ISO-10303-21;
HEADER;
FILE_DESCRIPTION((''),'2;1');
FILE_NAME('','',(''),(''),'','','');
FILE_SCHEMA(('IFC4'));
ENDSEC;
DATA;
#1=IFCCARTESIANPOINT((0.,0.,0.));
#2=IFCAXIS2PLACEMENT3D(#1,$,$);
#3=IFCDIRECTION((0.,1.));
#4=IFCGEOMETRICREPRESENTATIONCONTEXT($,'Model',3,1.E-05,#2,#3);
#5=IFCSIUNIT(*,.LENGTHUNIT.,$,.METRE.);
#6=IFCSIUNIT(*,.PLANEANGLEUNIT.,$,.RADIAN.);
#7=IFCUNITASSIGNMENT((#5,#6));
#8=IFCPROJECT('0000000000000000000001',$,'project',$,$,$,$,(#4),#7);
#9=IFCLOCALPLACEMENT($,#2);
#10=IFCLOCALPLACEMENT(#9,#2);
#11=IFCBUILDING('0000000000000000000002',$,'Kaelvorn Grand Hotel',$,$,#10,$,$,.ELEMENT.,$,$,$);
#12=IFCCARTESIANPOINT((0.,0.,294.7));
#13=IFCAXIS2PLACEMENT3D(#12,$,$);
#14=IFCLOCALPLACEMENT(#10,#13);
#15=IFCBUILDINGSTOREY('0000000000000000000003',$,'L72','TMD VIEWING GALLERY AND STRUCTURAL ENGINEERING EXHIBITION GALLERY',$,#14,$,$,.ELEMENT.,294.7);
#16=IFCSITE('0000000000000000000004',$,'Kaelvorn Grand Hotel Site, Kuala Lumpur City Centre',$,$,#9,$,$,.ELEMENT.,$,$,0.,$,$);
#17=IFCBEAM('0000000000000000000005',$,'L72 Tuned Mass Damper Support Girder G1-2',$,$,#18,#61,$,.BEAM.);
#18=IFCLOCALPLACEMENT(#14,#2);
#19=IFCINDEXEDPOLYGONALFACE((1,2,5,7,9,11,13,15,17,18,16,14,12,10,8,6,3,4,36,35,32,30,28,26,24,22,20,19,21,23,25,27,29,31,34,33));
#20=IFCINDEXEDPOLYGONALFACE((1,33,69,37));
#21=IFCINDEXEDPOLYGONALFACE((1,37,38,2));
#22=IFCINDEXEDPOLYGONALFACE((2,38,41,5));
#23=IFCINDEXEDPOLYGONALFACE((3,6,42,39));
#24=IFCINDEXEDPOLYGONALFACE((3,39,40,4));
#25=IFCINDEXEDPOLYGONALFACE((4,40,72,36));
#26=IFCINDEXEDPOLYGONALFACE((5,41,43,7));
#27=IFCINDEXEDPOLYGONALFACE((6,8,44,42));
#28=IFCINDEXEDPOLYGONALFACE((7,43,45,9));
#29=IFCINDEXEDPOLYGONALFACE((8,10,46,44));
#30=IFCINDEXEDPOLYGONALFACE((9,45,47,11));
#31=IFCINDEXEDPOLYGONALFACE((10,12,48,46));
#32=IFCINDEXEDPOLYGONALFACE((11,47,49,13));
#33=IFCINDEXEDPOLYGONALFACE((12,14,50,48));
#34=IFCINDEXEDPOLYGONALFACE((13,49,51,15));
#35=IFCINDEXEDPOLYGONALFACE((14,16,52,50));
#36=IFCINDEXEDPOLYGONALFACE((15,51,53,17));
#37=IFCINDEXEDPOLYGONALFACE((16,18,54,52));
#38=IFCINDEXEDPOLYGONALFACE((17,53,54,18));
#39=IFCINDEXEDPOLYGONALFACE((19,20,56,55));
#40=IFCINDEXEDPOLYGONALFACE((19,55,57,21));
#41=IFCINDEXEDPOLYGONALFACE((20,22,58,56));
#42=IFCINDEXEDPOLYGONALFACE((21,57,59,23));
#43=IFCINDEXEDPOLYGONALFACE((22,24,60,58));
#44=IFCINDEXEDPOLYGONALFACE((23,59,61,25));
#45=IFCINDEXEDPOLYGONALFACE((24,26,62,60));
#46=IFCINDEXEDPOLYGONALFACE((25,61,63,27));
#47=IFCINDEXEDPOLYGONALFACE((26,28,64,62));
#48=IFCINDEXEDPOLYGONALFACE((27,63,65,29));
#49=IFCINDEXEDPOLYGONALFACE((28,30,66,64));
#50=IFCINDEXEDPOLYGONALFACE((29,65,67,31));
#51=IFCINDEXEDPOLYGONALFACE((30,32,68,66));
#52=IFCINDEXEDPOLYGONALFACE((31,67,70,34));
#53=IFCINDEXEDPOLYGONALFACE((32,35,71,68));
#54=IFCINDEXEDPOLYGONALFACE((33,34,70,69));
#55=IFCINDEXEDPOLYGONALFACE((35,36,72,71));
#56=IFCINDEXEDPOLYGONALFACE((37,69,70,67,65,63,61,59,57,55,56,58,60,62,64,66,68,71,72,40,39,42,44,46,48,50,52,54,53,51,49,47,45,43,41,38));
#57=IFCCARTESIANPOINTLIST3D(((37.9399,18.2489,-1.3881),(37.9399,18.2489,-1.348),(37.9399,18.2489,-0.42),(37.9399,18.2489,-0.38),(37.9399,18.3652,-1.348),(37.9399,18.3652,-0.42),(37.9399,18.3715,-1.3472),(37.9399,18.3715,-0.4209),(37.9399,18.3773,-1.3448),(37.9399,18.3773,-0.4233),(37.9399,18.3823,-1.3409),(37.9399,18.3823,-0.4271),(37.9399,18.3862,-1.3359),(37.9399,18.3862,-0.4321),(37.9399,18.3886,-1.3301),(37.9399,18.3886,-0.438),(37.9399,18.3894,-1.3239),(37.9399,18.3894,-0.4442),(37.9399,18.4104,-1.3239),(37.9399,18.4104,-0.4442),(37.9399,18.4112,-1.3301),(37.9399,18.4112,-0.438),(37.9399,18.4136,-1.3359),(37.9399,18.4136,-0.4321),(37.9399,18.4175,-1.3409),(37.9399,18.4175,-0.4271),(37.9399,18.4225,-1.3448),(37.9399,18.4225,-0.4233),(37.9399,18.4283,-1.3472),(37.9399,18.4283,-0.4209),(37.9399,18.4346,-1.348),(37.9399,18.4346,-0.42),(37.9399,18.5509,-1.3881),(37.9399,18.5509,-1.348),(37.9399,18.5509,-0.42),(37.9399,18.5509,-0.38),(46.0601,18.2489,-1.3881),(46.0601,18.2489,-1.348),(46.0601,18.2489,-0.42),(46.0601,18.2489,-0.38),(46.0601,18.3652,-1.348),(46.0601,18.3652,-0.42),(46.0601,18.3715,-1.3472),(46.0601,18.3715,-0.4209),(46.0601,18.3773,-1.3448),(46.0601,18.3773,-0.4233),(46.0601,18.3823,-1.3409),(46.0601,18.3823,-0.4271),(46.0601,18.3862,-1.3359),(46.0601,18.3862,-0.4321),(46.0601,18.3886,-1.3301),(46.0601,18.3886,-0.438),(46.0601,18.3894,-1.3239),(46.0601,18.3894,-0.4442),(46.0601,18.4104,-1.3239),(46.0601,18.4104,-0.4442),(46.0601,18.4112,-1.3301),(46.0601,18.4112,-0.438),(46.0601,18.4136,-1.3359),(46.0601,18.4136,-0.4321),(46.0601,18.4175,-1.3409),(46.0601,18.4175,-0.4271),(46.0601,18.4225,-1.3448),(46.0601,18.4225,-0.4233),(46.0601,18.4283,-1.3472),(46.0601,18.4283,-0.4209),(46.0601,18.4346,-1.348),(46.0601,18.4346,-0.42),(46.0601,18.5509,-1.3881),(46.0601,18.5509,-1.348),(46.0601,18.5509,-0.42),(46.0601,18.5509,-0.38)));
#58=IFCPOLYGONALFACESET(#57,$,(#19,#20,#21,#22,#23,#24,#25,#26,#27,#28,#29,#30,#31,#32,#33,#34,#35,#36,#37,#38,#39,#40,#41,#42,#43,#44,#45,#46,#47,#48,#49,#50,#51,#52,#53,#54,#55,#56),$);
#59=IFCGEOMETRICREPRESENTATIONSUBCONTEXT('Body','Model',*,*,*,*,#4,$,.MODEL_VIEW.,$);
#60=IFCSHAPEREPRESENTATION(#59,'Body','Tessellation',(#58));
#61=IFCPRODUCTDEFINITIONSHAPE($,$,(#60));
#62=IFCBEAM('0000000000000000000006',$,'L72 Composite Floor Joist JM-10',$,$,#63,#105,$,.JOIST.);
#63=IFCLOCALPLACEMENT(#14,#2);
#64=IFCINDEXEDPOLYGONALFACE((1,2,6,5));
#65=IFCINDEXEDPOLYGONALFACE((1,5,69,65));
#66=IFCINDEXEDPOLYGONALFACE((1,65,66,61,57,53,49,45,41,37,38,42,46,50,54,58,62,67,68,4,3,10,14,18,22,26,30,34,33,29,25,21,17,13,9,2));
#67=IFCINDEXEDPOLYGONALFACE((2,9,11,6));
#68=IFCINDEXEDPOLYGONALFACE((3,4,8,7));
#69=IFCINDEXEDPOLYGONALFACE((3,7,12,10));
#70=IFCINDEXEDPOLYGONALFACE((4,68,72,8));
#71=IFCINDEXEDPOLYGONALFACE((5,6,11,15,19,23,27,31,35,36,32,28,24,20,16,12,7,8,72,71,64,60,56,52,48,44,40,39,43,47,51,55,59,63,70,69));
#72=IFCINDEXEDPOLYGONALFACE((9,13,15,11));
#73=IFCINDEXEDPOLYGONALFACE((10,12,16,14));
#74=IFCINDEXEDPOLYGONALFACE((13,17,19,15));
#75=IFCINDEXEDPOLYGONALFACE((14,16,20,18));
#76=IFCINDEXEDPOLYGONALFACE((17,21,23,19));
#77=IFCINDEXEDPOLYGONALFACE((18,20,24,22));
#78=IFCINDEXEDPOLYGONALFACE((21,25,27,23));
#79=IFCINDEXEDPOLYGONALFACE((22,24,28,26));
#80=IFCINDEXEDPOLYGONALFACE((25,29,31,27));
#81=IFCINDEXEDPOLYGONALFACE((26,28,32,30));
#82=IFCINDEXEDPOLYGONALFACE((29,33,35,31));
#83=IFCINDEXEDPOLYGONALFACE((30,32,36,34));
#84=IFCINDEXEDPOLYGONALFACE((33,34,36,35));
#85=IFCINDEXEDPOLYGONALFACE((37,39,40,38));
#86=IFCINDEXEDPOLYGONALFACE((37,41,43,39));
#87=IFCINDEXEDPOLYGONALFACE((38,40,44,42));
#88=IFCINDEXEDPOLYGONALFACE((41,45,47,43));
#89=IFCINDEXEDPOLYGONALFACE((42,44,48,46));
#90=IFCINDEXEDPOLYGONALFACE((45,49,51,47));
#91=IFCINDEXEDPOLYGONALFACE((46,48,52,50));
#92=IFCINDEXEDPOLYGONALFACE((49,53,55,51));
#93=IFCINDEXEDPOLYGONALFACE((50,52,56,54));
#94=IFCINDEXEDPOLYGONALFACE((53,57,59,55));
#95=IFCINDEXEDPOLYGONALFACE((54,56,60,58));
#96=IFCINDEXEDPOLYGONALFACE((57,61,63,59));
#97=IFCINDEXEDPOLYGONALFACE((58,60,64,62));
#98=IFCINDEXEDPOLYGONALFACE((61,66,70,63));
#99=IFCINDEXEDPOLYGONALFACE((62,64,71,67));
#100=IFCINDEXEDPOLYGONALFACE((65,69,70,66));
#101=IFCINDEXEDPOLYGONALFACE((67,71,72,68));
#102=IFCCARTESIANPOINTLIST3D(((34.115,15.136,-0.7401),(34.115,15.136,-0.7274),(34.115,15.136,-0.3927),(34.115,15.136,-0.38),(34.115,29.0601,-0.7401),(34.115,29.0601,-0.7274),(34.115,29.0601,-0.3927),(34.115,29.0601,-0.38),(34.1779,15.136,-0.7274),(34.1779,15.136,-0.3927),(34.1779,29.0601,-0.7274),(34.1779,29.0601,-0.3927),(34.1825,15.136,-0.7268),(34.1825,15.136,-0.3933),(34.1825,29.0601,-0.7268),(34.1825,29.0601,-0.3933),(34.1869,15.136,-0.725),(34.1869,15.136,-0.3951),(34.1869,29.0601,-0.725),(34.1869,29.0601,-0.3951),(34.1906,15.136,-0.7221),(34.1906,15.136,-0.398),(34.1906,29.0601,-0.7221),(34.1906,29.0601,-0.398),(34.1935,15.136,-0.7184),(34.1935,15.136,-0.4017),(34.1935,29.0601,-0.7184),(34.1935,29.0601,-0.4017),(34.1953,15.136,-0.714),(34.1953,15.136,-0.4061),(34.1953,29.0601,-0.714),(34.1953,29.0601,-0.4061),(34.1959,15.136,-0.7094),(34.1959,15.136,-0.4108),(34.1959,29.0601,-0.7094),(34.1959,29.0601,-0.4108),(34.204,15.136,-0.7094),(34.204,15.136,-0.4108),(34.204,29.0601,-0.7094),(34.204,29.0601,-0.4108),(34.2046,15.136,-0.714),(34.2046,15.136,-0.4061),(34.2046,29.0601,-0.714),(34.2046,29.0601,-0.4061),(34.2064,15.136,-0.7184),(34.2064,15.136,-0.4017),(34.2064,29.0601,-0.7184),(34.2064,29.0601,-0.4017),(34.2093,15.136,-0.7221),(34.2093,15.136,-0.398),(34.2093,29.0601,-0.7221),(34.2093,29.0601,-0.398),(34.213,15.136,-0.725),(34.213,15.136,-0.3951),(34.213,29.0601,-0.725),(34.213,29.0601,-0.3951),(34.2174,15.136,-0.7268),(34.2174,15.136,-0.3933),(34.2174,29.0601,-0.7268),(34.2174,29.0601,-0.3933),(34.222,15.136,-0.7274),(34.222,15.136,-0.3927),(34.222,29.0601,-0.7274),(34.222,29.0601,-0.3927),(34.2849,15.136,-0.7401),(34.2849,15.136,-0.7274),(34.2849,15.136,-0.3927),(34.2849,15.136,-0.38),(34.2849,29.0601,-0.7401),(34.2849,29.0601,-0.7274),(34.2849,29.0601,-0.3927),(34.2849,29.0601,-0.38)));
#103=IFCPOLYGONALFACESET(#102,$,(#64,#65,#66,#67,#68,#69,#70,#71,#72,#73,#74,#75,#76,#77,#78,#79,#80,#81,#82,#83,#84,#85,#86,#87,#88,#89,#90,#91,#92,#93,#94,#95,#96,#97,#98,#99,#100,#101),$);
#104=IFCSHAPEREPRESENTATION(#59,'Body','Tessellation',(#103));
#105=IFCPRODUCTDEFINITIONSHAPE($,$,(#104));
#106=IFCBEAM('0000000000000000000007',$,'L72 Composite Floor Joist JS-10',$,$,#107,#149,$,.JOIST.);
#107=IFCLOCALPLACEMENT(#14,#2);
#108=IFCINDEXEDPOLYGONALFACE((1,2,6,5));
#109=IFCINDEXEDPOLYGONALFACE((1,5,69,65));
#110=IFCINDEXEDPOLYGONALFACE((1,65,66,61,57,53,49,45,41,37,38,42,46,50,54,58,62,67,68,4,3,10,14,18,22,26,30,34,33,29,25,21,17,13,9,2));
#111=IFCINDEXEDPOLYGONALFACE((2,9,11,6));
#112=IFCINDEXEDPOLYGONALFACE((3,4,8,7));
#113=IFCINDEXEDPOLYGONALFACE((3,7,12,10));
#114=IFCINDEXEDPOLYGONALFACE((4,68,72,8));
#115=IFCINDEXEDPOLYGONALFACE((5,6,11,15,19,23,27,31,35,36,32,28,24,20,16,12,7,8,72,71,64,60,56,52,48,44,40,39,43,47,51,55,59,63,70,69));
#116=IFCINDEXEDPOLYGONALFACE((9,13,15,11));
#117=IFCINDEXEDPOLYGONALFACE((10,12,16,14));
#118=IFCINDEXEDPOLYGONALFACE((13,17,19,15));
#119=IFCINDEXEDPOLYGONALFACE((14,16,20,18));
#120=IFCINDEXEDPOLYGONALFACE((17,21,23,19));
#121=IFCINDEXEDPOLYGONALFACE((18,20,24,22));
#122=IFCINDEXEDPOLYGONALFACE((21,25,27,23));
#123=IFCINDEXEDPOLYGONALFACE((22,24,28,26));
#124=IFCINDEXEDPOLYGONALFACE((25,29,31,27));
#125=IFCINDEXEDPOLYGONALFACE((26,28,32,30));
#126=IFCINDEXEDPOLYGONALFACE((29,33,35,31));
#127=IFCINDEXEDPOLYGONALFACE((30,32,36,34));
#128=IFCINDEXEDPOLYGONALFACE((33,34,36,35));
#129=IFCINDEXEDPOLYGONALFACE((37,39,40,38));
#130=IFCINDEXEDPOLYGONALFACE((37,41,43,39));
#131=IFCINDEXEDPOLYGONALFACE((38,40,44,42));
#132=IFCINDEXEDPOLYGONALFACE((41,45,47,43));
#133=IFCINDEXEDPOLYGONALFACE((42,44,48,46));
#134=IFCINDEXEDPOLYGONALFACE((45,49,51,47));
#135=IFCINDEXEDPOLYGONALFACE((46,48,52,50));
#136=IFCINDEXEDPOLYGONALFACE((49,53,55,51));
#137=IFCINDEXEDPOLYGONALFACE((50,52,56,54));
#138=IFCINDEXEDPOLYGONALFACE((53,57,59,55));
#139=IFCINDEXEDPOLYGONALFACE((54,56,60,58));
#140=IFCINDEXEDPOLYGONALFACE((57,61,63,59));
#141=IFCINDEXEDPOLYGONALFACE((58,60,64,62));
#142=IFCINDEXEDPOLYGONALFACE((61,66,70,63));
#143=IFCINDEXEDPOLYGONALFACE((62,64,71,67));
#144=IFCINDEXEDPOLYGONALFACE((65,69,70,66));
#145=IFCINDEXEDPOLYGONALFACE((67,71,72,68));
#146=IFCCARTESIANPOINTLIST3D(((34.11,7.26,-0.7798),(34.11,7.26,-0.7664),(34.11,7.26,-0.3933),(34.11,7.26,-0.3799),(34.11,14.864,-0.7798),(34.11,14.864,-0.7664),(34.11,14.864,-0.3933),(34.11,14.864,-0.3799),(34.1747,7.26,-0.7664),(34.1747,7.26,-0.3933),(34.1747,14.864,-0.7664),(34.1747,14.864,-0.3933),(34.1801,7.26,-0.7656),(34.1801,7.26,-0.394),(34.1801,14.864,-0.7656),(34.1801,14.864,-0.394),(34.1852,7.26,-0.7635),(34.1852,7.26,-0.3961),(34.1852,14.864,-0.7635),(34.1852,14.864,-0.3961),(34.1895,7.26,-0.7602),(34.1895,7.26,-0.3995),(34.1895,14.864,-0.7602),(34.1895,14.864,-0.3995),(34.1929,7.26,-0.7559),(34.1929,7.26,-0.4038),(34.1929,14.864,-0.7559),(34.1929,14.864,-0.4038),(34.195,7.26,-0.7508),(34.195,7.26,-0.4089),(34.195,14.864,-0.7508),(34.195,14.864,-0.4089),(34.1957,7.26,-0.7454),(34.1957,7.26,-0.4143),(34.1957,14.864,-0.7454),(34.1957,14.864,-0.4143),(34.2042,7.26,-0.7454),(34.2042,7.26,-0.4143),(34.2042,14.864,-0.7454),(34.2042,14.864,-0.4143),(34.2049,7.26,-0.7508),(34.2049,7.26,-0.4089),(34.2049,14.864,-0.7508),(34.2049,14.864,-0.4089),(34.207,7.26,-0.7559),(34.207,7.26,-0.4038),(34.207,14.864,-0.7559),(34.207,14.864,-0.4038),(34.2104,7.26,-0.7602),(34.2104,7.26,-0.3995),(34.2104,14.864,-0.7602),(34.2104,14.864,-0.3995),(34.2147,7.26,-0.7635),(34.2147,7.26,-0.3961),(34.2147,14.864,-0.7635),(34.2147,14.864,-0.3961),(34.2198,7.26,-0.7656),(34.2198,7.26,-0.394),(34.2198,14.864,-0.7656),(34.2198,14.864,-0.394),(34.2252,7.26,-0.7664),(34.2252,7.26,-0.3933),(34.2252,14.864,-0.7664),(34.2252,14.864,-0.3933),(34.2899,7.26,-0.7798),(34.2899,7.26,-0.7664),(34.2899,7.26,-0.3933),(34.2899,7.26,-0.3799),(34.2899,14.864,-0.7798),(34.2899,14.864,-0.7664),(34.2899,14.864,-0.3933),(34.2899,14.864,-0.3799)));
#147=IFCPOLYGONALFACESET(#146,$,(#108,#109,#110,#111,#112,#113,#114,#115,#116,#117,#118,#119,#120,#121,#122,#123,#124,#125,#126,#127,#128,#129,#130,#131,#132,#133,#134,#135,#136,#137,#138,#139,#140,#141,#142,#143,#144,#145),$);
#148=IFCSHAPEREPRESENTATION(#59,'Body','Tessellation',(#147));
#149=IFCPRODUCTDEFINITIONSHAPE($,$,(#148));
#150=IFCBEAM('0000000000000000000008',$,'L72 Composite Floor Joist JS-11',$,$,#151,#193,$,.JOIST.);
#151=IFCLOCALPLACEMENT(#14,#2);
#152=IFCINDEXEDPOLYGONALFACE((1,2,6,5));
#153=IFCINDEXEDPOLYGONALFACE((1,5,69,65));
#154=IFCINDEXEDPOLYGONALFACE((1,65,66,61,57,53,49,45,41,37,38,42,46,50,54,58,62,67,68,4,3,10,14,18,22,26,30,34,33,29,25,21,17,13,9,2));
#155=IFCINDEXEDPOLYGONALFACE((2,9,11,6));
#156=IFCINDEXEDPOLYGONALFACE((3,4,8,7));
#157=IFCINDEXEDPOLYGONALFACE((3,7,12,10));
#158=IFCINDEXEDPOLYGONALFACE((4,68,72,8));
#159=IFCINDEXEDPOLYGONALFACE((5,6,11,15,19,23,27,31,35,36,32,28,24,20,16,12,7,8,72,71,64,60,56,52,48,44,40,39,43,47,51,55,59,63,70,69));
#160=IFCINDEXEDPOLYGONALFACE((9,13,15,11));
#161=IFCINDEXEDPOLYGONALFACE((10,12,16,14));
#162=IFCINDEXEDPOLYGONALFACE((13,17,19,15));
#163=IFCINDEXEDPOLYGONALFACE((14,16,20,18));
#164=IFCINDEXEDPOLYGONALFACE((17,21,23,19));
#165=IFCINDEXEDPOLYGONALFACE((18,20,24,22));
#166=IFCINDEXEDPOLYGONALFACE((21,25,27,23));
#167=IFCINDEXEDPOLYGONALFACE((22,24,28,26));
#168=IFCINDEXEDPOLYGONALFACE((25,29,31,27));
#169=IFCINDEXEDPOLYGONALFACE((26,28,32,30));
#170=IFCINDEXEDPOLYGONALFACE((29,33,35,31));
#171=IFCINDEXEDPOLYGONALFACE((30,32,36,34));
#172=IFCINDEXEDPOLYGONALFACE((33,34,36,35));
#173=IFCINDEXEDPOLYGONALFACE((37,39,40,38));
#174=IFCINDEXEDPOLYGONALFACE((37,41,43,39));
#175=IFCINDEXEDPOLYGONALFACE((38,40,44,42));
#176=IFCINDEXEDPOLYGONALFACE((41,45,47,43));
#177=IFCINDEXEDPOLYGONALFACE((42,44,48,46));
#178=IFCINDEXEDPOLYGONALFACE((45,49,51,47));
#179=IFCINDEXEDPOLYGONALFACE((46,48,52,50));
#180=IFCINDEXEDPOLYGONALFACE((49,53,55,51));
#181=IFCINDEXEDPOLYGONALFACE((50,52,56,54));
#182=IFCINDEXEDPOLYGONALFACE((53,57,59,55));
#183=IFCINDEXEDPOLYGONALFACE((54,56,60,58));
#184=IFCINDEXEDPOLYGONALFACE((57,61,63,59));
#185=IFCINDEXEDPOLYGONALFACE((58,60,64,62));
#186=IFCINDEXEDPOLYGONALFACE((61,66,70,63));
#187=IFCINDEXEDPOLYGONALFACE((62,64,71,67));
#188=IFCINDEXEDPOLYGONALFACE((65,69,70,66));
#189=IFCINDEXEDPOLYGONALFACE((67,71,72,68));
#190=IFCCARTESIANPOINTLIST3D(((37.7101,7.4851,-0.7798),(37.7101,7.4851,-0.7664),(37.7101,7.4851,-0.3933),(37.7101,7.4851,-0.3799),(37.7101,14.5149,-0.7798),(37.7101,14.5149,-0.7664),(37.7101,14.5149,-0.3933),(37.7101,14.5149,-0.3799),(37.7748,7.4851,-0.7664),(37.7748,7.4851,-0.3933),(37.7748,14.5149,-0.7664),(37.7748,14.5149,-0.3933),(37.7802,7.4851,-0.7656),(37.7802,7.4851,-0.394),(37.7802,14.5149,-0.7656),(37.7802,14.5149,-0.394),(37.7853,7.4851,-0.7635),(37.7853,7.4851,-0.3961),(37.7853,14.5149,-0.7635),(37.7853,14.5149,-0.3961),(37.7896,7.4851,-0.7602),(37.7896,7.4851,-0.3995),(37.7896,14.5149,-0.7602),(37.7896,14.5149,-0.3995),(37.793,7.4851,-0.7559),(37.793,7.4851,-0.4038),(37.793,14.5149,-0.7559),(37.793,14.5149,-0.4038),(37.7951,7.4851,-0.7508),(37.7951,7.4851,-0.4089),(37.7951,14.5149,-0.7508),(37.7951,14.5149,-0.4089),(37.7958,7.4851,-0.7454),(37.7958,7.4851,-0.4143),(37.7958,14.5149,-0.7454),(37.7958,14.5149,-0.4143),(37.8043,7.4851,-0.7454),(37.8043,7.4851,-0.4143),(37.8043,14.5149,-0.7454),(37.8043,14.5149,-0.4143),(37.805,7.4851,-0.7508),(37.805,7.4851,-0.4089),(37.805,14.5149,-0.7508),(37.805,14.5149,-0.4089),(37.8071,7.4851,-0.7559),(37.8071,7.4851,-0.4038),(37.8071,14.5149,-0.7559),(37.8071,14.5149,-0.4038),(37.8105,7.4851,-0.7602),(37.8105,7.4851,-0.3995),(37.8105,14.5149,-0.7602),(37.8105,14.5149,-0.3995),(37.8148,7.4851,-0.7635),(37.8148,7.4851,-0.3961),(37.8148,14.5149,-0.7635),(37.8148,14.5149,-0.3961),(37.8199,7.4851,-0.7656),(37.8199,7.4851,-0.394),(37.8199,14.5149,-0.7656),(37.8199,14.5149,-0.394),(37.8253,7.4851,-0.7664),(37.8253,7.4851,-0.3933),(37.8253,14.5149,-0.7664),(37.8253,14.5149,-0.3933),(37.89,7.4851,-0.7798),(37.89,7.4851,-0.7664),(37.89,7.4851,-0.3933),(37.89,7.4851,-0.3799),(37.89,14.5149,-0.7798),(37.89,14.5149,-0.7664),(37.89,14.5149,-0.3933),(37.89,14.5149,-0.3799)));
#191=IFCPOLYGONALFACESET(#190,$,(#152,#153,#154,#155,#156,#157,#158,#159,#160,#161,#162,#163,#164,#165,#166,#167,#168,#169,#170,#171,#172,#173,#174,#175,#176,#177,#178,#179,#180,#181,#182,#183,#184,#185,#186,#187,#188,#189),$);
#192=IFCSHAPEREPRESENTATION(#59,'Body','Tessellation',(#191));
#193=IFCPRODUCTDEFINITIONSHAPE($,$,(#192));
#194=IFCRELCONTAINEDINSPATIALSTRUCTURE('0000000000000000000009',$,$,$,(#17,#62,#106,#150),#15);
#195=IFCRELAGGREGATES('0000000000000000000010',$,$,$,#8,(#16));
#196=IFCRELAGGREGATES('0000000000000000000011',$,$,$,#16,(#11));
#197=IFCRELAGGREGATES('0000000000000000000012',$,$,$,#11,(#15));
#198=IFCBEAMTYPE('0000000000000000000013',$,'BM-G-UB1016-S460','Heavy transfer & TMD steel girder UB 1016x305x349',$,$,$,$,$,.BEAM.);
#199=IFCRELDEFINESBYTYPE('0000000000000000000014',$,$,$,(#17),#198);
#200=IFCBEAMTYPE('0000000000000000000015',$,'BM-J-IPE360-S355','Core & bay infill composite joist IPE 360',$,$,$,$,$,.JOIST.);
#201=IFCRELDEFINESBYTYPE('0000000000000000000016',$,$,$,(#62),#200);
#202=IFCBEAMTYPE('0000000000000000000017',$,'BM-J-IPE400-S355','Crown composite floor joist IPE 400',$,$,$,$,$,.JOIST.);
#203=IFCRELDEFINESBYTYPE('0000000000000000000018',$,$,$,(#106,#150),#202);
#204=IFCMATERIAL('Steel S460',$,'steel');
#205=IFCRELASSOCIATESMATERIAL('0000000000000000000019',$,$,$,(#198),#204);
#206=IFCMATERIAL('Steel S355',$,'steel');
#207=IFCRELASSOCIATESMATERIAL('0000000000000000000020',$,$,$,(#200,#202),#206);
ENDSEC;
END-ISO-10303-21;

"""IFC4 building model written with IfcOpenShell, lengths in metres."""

from ifc_helpers import new_model, si_unit, direction, frame, origin, origin_2d, place, context, subcontext, project, spatial, i_section, extrude, material, material_profile, profile_set, type_object, element, save


model = new_model("IFC4")

# Units and contexts
model_context = context("Model", 3, precision=1e-05, world=origin(), true_north=direction((0.0, 1.0)))
body_context = subcontext(model_context, "Body", "Model", "MODEL_VIEW")
ifc_project = project(units=[si_unit("LENGTHUNIT", "METRE"), si_unit("PLANEANGLEUNIT", "RADIAN")], contexts=[model_context])

# Site, building, storey
site_placement = place(None, origin())
site = spatial("IfcSite", under=ifc_project, at=site_placement, Name="Kaelvorn Grand Hotel Site, Kuala Lumpur City Centre", CompositionType="ELEMENT", RefElevation=0.0)
building_placement = place(site_placement, origin())
building = spatial("IfcBuilding", under=site, at=building_placement, Name="Kaelvorn Grand Hotel", CompositionType="ELEMENT")
storey_placement = place(building_placement, frame((0.0, 0.0, 294.7)))
storey = spatial("IfcBuildingStorey", under=building, at=storey_placement, Name="L72", Description="TMD VIEWING GALLERY AND STRUCTURAL ENGINEERING EXHIBITION GALLERY", CompositionType="ELEMENT", Elevation=294.7)

# Beams
ifc_material_1 = material(Name="Steel S460", Category="steel")
ifc_material_profile_1 = material_profile(ifc_material_1, i_section(OverallWidth=0.302, OverallDepth=1.0081, WebThickness=0.021, FlangeThickness=0.04, FilletRadius=0.0242, at=origin_2d()), Name="UB 1016x305x349")
ifc_profile_set_1 = profile_set([ifc_material_profile_1], Name="Steel S460")
beam_type_1 = type_object("IfcBeamType", Name="BM-G-UB1016-S460", Description="Heavy transfer & TMD steel girder UB 1016x305x349", PredefinedType="BEAM", material=ifc_profile_set_1)
for number, where, z_axis, x_axis, name in (
    (1, (37.9399, 18.3999, -0.884), (1.0, 0.0, 0.0), (0.0, 1.0, 0.0), "L72 Tuned Mass Damper Support Girder G1-2"),
):
    element("IfcBeam", number, at=place(storey_placement, frame(where, z_axis=z_axis, x_axis=x_axis)), inside=storey, type_object=beam_type_1, Name=name, PredefinedType="BEAM", context=body_context, shape_type="SweptSolid", body=[
        extrude(i_section(OverallWidth=0.302, OverallDepth=1.0081, WebThickness=0.021, FlangeThickness=0.04, FilletRadius=0.0242, at=origin_2d()), origin(), (0.0, 0.0, 1.0), 8.1201),
    ])
ifc_material_2 = material(Name="Steel S355", Category="steel")
ifc_material_profile_2 = material_profile(ifc_material_2, i_section(OverallWidth=0.1699, OverallDepth=0.3601, WebThickness=0.0081, FlangeThickness=0.0127, FilletRadius=0.0181, at=origin_2d()), Name="IPE 360")
ifc_profile_set_2 = profile_set([ifc_material_profile_2], Name="Steel S355")
beam_type_2 = type_object("IfcBeamType", Name="BM-J-IPE360-S355", Description="Core & bay infill composite joist IPE 360", PredefinedType="JOIST", material=ifc_profile_set_2)
beam_1_placement = place(storey_placement, frame((34.2, 15.136, -0.5601), z_axis=(0.0, 1.0, 0.0), x_axis=(-1.0, 0.0, 0.0)))
element("IfcBeam", 2, at=beam_1_placement, inside=storey, type_object=beam_type_2, Name="L72 Composite Floor Joist JM-10", PredefinedType="JOIST", context=body_context, shape_type="SweptSolid", body=[
    extrude(i_section(OverallWidth=0.1699, OverallDepth=0.3601, WebThickness=0.0081, FlangeThickness=0.0127, FilletRadius=0.0181, at=origin_2d()), origin(), (0.0, 0.0, 1.0), 13.9241),
])
ifc_material_profile_3 = material_profile(ifc_material_2, i_section(OverallWidth=0.1799, OverallDepth=0.3999, WebThickness=0.0085, FlangeThickness=0.0134, FilletRadius=0.021, at=origin_2d()), Name="IPE 400")
ifc_profile_set_3 = profile_set([ifc_material_profile_3], Name="Steel S355")
beam_type_3 = type_object("IfcBeamType", Name="BM-J-IPE400-S355", Description="Crown composite floor joist IPE 400", PredefinedType="JOIST", material=ifc_profile_set_3)
beam_2_placement = place(storey_placement, frame((34.2, 7.26, -0.5798), z_axis=(0.0, 1.0, 0.0), x_axis=(-1.0, 0.0, 0.0)))
element("IfcBeam", 3, at=beam_2_placement, inside=storey, type_object=beam_type_3, Name="L72 Composite Floor Joist JS-10", PredefinedType="JOIST", context=body_context, shape_type="SweptSolid", body=[
    extrude(i_section(OverallWidth=0.1799, OverallDepth=0.3999, WebThickness=0.0085, FlangeThickness=0.0134, FilletRadius=0.021, at=origin_2d()), origin(), (0.0, 0.0, 1.0), 7.604),
])
beam_3_placement = place(storey_placement, frame((37.8, 7.4851, -0.5798), z_axis=(0.0, 1.0, 0.0), x_axis=(-1.0, 0.0, 0.0)))
element("IfcBeam", 4, at=beam_3_placement, inside=storey, type_object=beam_type_3, Name="L72 Composite Floor Joist JS-11", PredefinedType="JOIST", context=body_context, shape_type="SweptSolid", body=[
    extrude(i_section(OverallWidth=0.1799, OverallDepth=0.3999, WebThickness=0.0085, FlangeThickness=0.0134, FilletRadius=0.021, at=origin_2d()), origin(), (0.0, 0.0, 1.0), 7.0298),
])

save(model, "model.ifc")
